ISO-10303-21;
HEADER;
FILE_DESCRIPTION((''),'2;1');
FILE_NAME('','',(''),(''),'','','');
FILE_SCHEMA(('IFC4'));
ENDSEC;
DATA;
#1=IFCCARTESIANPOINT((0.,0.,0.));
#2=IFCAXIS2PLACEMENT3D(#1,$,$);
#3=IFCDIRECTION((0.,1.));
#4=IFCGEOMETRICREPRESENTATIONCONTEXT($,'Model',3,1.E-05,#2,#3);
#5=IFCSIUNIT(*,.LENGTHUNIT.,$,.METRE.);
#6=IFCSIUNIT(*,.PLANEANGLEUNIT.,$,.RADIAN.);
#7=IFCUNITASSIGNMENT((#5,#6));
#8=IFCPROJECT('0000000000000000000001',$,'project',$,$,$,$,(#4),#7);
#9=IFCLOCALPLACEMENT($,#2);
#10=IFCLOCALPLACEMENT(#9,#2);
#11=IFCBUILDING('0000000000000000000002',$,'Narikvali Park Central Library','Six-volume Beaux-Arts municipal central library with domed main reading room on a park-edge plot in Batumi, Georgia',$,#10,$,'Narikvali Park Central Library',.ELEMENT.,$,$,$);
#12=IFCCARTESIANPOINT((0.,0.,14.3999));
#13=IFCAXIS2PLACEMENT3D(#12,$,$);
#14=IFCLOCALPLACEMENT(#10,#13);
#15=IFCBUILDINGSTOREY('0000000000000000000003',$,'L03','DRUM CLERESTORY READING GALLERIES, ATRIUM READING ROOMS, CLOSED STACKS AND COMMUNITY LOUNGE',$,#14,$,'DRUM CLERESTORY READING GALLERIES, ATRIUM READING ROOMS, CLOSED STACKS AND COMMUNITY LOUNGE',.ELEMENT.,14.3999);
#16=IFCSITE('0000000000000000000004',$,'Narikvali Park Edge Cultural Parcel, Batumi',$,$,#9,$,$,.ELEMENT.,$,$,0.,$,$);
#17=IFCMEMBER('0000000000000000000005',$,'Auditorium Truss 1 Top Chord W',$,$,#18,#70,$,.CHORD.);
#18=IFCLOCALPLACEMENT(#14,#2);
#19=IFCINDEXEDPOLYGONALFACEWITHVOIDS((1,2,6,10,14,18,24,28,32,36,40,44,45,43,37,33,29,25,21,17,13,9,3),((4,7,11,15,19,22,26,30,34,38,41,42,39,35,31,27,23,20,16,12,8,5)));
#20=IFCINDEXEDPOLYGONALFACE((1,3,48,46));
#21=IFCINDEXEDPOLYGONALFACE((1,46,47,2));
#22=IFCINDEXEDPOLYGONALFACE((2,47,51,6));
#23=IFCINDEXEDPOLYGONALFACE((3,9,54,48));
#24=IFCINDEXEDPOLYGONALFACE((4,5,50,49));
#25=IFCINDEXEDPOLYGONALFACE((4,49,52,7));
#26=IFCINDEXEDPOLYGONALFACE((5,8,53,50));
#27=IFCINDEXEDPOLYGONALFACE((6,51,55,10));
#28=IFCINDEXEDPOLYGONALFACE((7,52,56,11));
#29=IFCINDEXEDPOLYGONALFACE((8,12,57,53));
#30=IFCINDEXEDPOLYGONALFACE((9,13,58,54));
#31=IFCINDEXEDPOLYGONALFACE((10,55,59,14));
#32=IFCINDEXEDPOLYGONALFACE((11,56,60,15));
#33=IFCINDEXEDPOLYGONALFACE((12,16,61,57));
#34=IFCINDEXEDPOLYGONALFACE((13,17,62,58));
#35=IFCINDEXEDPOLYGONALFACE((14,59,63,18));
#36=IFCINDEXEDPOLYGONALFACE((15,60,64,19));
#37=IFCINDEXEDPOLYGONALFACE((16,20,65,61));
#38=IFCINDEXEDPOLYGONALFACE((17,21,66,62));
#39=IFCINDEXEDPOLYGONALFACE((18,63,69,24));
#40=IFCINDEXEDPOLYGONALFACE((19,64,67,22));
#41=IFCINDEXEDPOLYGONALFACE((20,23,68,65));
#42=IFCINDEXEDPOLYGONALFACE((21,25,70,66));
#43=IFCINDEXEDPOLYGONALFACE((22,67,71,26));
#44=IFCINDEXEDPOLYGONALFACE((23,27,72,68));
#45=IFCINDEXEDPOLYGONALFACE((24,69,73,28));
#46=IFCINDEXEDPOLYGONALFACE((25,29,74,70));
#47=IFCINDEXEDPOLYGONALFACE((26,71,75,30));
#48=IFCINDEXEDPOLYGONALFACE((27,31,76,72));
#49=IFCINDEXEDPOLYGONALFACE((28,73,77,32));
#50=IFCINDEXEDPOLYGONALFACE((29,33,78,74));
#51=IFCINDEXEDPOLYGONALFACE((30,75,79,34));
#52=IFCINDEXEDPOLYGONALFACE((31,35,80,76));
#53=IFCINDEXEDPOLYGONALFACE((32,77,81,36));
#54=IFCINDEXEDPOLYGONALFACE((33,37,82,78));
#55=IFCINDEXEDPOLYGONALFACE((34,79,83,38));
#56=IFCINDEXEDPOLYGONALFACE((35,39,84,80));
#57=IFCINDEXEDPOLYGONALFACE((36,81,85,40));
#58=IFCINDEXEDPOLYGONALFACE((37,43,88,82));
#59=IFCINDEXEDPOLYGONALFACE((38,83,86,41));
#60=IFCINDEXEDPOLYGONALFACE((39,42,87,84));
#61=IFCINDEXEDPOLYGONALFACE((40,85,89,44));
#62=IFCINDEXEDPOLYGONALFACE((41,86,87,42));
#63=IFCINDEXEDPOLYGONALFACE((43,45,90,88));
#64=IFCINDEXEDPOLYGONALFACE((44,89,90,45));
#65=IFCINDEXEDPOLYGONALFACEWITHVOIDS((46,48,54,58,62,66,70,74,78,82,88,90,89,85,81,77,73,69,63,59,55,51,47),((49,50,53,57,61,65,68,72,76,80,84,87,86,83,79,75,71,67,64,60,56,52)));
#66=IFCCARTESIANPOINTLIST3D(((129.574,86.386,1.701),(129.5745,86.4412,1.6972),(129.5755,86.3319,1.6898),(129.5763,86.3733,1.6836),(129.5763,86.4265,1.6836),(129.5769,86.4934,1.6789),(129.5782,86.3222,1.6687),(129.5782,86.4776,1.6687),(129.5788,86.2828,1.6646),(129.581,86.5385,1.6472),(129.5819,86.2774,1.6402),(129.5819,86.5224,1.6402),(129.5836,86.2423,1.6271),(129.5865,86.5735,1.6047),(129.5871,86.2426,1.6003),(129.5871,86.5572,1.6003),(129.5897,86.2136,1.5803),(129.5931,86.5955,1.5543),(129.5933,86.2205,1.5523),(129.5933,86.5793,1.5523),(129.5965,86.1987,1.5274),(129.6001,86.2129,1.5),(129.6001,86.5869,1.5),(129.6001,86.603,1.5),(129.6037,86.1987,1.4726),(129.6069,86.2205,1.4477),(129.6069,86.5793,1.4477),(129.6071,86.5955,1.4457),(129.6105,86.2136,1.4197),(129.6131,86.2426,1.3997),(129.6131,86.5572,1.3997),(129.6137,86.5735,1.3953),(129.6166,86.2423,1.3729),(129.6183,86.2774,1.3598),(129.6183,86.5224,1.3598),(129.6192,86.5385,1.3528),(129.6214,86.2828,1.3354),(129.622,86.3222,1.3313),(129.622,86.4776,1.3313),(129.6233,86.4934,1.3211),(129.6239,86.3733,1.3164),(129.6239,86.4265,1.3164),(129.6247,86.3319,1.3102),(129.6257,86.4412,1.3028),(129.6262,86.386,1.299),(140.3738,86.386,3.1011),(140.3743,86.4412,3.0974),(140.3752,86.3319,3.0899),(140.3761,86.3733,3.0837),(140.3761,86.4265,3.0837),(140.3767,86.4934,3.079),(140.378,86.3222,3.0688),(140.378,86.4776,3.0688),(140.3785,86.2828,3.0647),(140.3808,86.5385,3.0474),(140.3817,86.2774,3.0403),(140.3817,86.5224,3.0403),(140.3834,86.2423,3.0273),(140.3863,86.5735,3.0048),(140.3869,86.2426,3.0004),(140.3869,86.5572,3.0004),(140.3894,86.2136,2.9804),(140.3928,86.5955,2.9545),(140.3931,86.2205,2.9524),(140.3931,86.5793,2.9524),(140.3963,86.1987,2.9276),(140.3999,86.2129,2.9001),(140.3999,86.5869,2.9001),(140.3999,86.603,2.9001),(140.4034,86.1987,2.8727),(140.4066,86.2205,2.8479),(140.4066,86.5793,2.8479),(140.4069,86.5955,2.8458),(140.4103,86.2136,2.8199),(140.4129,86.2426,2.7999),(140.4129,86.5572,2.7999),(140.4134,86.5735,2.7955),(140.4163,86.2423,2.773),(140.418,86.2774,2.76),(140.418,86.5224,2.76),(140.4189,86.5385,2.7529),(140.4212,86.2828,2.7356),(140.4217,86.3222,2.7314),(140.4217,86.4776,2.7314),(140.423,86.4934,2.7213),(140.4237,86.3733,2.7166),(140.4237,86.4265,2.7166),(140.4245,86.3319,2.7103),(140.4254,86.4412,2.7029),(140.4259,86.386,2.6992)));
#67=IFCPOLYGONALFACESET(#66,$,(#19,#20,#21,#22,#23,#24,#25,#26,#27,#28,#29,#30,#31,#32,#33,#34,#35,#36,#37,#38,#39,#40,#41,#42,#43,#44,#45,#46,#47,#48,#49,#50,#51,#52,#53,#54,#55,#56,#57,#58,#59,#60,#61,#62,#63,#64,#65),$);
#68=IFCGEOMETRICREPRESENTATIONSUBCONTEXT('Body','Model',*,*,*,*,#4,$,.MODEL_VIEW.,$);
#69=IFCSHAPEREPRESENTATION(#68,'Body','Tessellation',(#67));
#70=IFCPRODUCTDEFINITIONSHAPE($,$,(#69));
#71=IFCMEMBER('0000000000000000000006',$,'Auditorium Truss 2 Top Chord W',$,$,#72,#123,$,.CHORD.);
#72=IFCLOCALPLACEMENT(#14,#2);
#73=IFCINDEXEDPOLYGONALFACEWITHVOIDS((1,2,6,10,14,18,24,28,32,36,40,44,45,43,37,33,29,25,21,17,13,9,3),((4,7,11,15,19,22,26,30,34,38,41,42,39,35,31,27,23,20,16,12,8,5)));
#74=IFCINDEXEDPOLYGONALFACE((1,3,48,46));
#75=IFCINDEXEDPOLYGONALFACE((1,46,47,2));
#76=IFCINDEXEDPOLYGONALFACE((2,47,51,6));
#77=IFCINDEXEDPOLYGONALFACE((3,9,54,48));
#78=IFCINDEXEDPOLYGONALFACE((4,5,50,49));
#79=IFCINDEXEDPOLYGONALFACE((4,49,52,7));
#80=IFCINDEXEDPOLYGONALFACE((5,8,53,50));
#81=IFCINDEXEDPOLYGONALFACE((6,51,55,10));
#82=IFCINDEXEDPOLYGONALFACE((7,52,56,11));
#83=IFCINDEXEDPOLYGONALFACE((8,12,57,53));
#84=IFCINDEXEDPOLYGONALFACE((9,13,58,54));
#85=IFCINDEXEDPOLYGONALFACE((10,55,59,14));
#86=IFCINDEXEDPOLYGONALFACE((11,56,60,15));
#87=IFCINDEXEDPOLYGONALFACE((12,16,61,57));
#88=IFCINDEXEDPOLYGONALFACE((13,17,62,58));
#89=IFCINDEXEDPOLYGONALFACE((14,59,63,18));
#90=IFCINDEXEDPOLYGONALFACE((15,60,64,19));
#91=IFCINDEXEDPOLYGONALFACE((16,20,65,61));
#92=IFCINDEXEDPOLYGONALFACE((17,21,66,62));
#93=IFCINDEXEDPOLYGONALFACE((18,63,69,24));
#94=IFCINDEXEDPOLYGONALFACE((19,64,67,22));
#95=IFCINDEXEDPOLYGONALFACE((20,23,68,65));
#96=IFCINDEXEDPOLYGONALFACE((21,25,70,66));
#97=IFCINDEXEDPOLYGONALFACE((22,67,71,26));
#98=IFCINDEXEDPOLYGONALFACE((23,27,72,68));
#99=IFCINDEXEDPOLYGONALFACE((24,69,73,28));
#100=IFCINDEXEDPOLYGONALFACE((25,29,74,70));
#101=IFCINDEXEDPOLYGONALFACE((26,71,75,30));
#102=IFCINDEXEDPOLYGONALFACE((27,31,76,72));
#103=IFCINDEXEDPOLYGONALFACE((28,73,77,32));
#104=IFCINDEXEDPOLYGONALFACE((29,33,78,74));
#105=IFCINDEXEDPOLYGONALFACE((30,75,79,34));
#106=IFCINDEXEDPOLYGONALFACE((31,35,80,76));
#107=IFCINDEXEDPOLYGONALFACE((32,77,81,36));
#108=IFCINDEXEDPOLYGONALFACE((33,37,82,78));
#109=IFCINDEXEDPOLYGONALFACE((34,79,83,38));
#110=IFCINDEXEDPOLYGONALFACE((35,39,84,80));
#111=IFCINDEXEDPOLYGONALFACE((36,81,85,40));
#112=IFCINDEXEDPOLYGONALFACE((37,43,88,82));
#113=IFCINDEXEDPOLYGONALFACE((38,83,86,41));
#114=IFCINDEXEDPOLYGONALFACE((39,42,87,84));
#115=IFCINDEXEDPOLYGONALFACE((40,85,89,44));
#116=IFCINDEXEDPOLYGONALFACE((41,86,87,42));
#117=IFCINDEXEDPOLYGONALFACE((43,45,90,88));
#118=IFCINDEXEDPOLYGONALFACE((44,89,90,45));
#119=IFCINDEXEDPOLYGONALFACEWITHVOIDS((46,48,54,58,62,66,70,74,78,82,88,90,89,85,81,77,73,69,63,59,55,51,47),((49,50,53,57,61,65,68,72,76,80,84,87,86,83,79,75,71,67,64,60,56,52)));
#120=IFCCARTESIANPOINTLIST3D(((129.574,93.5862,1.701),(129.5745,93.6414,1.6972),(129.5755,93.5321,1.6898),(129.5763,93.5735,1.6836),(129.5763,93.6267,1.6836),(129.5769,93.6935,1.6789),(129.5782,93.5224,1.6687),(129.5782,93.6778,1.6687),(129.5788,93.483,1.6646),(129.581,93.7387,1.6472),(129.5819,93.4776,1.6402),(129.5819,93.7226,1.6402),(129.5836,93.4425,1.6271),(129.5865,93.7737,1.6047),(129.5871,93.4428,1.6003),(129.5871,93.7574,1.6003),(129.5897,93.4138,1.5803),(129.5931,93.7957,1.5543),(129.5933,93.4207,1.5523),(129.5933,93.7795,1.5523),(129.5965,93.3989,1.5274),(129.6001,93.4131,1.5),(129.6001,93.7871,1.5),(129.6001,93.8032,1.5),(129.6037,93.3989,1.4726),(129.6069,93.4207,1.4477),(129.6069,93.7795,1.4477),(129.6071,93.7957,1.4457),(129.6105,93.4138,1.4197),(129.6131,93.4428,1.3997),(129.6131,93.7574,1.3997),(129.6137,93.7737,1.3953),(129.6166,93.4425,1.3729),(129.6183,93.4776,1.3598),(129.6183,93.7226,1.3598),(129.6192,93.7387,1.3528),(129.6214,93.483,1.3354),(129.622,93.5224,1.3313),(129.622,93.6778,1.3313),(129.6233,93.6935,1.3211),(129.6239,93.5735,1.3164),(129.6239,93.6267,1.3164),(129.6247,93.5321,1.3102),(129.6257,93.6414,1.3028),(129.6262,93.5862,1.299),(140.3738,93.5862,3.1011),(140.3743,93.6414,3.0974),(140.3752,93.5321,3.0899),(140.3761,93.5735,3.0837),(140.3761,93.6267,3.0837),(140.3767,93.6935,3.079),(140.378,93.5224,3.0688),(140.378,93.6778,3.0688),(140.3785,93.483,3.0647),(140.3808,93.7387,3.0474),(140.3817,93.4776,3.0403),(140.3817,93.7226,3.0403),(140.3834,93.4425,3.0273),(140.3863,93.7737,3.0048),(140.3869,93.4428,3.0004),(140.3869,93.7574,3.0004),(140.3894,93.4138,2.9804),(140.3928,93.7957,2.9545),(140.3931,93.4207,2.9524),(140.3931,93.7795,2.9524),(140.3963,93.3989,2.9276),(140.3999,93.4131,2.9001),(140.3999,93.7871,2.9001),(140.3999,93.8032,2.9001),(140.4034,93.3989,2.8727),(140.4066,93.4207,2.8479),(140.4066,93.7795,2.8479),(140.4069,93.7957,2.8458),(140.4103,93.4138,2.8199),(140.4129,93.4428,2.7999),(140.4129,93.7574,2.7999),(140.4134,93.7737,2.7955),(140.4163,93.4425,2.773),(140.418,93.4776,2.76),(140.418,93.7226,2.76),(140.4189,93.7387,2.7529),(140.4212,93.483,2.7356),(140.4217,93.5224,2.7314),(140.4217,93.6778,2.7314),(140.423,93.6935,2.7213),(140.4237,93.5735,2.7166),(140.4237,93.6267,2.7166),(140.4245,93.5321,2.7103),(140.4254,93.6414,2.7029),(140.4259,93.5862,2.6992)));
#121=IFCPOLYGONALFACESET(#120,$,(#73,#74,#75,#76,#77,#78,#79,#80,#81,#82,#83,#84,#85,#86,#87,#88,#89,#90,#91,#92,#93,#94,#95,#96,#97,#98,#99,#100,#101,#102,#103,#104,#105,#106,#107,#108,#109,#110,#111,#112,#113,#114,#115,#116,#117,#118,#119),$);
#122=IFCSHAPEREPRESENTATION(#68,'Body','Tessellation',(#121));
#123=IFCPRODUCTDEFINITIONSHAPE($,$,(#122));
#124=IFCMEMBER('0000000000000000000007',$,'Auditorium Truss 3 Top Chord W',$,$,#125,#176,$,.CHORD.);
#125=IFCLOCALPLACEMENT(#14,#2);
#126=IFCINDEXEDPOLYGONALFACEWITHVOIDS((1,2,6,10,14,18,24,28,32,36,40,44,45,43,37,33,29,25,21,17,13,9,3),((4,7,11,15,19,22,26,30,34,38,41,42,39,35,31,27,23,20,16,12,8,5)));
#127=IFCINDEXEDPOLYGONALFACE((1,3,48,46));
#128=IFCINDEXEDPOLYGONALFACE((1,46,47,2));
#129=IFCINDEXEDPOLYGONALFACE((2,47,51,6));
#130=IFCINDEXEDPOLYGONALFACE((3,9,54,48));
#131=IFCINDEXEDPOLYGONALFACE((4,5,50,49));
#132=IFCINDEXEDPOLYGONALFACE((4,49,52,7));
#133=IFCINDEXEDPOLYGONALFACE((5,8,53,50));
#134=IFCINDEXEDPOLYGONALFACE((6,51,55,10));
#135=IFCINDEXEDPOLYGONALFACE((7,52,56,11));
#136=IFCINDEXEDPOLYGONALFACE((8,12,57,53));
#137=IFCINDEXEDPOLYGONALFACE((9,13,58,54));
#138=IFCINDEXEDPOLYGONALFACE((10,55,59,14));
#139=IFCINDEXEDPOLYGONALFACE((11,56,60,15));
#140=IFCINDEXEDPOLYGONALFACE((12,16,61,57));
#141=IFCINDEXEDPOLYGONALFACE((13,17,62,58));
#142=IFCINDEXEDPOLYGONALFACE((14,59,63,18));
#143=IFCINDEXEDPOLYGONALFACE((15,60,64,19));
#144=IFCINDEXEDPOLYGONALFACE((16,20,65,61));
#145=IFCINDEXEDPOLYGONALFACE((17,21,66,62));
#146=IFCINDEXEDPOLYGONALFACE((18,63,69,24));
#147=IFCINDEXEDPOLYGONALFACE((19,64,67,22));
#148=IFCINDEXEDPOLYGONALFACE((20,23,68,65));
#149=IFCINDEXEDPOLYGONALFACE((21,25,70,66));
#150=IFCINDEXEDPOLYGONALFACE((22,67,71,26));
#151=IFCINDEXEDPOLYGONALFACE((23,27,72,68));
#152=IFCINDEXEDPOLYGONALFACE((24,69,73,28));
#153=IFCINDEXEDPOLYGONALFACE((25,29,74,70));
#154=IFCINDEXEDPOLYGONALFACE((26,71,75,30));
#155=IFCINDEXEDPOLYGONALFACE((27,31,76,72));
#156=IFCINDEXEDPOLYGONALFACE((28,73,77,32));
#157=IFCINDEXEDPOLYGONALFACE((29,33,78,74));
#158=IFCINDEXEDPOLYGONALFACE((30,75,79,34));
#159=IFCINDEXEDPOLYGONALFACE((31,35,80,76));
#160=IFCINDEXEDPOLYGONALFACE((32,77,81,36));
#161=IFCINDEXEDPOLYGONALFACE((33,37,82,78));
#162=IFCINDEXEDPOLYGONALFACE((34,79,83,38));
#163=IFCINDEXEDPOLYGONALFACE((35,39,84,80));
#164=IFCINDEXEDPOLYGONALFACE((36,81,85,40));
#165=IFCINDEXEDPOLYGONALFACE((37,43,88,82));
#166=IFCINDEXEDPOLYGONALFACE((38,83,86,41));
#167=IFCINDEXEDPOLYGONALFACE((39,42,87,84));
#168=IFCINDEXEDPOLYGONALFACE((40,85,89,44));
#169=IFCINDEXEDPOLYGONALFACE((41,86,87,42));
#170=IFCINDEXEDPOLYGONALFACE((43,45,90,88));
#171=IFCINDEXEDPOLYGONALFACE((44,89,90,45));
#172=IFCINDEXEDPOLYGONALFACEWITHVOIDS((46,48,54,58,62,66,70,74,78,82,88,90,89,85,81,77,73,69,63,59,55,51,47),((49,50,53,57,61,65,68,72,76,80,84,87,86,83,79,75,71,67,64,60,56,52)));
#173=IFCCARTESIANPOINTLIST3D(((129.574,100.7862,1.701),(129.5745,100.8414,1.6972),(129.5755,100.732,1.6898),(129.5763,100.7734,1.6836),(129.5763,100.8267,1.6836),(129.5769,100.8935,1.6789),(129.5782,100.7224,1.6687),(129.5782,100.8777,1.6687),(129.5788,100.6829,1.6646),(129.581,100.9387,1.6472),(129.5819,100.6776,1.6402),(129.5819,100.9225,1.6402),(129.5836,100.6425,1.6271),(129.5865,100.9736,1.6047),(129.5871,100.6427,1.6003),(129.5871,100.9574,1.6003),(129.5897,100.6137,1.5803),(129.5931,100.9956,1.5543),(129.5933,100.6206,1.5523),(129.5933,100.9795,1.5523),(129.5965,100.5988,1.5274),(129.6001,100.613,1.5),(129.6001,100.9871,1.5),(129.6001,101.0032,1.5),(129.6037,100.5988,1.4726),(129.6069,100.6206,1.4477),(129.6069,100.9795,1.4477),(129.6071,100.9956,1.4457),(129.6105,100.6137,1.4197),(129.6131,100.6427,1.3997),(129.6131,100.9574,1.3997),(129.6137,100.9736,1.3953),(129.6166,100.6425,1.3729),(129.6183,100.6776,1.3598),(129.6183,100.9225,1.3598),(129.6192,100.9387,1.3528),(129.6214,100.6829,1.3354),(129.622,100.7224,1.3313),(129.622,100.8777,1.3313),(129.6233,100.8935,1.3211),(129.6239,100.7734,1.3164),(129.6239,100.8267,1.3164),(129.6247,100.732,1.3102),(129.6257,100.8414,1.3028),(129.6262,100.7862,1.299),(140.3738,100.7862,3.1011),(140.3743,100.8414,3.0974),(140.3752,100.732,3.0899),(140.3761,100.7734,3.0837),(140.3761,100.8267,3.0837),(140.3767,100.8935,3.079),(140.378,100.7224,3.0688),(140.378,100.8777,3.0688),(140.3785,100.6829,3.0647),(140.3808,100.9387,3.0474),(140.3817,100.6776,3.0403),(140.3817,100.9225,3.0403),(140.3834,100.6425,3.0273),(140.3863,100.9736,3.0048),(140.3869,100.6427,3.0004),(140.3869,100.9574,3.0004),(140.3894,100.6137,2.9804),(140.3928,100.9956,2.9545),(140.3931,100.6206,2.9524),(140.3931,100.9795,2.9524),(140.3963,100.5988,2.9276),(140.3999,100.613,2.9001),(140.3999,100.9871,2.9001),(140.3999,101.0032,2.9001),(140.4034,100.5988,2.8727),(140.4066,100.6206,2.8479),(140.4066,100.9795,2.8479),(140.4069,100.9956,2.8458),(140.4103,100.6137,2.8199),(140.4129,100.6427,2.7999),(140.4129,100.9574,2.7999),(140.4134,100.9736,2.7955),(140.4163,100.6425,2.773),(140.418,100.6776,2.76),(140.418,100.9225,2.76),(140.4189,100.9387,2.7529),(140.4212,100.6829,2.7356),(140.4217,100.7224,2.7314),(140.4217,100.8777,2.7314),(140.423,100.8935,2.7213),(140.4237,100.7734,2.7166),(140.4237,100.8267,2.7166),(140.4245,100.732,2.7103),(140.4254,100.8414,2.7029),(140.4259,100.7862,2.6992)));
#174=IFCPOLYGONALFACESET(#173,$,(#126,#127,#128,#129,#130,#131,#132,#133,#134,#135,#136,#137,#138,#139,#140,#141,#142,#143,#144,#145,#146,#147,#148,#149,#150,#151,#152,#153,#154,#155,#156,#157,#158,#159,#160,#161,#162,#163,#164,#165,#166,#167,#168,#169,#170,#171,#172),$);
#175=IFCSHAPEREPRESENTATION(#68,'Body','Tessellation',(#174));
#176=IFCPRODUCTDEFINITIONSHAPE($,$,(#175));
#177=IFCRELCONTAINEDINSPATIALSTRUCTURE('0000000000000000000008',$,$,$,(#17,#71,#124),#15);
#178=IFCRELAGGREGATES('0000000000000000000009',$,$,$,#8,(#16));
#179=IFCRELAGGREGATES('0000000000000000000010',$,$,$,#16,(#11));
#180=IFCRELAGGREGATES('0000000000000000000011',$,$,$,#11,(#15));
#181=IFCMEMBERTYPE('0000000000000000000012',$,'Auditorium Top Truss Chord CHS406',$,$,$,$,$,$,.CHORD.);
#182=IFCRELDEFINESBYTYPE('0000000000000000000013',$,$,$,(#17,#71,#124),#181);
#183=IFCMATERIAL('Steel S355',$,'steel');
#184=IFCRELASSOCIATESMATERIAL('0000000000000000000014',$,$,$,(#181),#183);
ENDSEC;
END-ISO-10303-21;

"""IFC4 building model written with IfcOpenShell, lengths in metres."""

from ifc_helpers import new_model, si_unit, direction, frame, origin, origin_2d, place, context, subcontext, project, spatial, hollow_circle, extrude, material, material_profile, profile_set, type_object, element, save


model = new_model("IFC4")

# Units and contexts
model_context = context("Model", 3, precision=1e-05, world=origin(), true_north=direction((0.0, 1.0)))
body_context = subcontext(model_context, "Body", "Model", "MODEL_VIEW")
ifc_project = project(units=[si_unit("LENGTHUNIT", "METRE"), si_unit("PLANEANGLEUNIT", "RADIAN")], contexts=[model_context])

# Site, building, storey
site_placement = place(None, origin())
site = spatial("IfcSite", under=ifc_project, at=site_placement, Name="Narikvali Park Edge Cultural Parcel, Batumi", CompositionType="ELEMENT", RefElevation=0.0)
building_placement = place(site_placement, origin())
building = spatial("IfcBuilding", under=site, at=building_placement, Name="Narikvali Park Central Library", Description="Six-volume Beaux-Arts municipal central library with domed main reading room on a park-edge plot in Batumi, Georgia", LongName="Narikvali Park Central Library", CompositionType="ELEMENT")
storey_placement = place(building_placement, frame((0.0, 0.0, 14.3999)))
storey = spatial("IfcBuildingStorey", under=building, at=storey_placement, Name="L03", Description="DRUM CLERESTORY READING GALLERIES, ATRIUM READING ROOMS, CLOSED STACKS AND COMMUNITY LOUNGE", LongName="DRUM CLERESTORY READING GALLERIES, ATRIUM READING ROOMS, CLOSED STACKS AND COMMUNITY LOUNGE", CompositionType="ELEMENT", Elevation=14.3999)

# Shared definitions
ifc_material = material(Name="Steel S355", Category="steel")

# Members
ifc_material_profile_1 = material_profile(ifc_material, hollow_circle(Radius=0.2031, WallThickness=0.0161, at=origin_2d()), Name="CHS 406.4x16")
ifc_profile_set_1 = profile_set([ifc_material_profile_1], Name="Steel S355")
member_type_1 = type_object("IfcMemberType", Name="Auditorium Top Truss Chord CHS406", PredefinedType="CHORD", material=ifc_profile_set_1)
for number, where, z_axis, x_axis, name in (
    (1, (129.6001, 86.3999, 1.5), (0.9917, 0.0, 0.12857), (0.0, 1.0, 0.0), "Auditorium Truss 1 Top Chord W"),
    (2, (129.6001, 93.6001, 1.5), (0.9917, 0.0, 0.12857), (0.0, 1.0, 0.0), "Auditorium Truss 2 Top Chord W"),
    (3, (129.6001, 100.8, 1.5), (0.9917, 0.0, 0.12857), (0.0, 1.0, 0.0), "Auditorium Truss 3 Top Chord W"),
):
    element("IfcMember", number, at=place(storey_placement, frame(where, z_axis=z_axis, x_axis=x_axis)), inside=storey, type_object=member_type_1, Name=name, PredefinedType="CHORD", context=body_context, shape_type="SweptSolid", body=[
        extrude(hollow_circle(Radius=0.2031, WallThickness=0.0161, at=origin_2d()), origin(), (0.0, 0.0, 1.0), 10.8901),
    ])

save(model, "model.ifc")
